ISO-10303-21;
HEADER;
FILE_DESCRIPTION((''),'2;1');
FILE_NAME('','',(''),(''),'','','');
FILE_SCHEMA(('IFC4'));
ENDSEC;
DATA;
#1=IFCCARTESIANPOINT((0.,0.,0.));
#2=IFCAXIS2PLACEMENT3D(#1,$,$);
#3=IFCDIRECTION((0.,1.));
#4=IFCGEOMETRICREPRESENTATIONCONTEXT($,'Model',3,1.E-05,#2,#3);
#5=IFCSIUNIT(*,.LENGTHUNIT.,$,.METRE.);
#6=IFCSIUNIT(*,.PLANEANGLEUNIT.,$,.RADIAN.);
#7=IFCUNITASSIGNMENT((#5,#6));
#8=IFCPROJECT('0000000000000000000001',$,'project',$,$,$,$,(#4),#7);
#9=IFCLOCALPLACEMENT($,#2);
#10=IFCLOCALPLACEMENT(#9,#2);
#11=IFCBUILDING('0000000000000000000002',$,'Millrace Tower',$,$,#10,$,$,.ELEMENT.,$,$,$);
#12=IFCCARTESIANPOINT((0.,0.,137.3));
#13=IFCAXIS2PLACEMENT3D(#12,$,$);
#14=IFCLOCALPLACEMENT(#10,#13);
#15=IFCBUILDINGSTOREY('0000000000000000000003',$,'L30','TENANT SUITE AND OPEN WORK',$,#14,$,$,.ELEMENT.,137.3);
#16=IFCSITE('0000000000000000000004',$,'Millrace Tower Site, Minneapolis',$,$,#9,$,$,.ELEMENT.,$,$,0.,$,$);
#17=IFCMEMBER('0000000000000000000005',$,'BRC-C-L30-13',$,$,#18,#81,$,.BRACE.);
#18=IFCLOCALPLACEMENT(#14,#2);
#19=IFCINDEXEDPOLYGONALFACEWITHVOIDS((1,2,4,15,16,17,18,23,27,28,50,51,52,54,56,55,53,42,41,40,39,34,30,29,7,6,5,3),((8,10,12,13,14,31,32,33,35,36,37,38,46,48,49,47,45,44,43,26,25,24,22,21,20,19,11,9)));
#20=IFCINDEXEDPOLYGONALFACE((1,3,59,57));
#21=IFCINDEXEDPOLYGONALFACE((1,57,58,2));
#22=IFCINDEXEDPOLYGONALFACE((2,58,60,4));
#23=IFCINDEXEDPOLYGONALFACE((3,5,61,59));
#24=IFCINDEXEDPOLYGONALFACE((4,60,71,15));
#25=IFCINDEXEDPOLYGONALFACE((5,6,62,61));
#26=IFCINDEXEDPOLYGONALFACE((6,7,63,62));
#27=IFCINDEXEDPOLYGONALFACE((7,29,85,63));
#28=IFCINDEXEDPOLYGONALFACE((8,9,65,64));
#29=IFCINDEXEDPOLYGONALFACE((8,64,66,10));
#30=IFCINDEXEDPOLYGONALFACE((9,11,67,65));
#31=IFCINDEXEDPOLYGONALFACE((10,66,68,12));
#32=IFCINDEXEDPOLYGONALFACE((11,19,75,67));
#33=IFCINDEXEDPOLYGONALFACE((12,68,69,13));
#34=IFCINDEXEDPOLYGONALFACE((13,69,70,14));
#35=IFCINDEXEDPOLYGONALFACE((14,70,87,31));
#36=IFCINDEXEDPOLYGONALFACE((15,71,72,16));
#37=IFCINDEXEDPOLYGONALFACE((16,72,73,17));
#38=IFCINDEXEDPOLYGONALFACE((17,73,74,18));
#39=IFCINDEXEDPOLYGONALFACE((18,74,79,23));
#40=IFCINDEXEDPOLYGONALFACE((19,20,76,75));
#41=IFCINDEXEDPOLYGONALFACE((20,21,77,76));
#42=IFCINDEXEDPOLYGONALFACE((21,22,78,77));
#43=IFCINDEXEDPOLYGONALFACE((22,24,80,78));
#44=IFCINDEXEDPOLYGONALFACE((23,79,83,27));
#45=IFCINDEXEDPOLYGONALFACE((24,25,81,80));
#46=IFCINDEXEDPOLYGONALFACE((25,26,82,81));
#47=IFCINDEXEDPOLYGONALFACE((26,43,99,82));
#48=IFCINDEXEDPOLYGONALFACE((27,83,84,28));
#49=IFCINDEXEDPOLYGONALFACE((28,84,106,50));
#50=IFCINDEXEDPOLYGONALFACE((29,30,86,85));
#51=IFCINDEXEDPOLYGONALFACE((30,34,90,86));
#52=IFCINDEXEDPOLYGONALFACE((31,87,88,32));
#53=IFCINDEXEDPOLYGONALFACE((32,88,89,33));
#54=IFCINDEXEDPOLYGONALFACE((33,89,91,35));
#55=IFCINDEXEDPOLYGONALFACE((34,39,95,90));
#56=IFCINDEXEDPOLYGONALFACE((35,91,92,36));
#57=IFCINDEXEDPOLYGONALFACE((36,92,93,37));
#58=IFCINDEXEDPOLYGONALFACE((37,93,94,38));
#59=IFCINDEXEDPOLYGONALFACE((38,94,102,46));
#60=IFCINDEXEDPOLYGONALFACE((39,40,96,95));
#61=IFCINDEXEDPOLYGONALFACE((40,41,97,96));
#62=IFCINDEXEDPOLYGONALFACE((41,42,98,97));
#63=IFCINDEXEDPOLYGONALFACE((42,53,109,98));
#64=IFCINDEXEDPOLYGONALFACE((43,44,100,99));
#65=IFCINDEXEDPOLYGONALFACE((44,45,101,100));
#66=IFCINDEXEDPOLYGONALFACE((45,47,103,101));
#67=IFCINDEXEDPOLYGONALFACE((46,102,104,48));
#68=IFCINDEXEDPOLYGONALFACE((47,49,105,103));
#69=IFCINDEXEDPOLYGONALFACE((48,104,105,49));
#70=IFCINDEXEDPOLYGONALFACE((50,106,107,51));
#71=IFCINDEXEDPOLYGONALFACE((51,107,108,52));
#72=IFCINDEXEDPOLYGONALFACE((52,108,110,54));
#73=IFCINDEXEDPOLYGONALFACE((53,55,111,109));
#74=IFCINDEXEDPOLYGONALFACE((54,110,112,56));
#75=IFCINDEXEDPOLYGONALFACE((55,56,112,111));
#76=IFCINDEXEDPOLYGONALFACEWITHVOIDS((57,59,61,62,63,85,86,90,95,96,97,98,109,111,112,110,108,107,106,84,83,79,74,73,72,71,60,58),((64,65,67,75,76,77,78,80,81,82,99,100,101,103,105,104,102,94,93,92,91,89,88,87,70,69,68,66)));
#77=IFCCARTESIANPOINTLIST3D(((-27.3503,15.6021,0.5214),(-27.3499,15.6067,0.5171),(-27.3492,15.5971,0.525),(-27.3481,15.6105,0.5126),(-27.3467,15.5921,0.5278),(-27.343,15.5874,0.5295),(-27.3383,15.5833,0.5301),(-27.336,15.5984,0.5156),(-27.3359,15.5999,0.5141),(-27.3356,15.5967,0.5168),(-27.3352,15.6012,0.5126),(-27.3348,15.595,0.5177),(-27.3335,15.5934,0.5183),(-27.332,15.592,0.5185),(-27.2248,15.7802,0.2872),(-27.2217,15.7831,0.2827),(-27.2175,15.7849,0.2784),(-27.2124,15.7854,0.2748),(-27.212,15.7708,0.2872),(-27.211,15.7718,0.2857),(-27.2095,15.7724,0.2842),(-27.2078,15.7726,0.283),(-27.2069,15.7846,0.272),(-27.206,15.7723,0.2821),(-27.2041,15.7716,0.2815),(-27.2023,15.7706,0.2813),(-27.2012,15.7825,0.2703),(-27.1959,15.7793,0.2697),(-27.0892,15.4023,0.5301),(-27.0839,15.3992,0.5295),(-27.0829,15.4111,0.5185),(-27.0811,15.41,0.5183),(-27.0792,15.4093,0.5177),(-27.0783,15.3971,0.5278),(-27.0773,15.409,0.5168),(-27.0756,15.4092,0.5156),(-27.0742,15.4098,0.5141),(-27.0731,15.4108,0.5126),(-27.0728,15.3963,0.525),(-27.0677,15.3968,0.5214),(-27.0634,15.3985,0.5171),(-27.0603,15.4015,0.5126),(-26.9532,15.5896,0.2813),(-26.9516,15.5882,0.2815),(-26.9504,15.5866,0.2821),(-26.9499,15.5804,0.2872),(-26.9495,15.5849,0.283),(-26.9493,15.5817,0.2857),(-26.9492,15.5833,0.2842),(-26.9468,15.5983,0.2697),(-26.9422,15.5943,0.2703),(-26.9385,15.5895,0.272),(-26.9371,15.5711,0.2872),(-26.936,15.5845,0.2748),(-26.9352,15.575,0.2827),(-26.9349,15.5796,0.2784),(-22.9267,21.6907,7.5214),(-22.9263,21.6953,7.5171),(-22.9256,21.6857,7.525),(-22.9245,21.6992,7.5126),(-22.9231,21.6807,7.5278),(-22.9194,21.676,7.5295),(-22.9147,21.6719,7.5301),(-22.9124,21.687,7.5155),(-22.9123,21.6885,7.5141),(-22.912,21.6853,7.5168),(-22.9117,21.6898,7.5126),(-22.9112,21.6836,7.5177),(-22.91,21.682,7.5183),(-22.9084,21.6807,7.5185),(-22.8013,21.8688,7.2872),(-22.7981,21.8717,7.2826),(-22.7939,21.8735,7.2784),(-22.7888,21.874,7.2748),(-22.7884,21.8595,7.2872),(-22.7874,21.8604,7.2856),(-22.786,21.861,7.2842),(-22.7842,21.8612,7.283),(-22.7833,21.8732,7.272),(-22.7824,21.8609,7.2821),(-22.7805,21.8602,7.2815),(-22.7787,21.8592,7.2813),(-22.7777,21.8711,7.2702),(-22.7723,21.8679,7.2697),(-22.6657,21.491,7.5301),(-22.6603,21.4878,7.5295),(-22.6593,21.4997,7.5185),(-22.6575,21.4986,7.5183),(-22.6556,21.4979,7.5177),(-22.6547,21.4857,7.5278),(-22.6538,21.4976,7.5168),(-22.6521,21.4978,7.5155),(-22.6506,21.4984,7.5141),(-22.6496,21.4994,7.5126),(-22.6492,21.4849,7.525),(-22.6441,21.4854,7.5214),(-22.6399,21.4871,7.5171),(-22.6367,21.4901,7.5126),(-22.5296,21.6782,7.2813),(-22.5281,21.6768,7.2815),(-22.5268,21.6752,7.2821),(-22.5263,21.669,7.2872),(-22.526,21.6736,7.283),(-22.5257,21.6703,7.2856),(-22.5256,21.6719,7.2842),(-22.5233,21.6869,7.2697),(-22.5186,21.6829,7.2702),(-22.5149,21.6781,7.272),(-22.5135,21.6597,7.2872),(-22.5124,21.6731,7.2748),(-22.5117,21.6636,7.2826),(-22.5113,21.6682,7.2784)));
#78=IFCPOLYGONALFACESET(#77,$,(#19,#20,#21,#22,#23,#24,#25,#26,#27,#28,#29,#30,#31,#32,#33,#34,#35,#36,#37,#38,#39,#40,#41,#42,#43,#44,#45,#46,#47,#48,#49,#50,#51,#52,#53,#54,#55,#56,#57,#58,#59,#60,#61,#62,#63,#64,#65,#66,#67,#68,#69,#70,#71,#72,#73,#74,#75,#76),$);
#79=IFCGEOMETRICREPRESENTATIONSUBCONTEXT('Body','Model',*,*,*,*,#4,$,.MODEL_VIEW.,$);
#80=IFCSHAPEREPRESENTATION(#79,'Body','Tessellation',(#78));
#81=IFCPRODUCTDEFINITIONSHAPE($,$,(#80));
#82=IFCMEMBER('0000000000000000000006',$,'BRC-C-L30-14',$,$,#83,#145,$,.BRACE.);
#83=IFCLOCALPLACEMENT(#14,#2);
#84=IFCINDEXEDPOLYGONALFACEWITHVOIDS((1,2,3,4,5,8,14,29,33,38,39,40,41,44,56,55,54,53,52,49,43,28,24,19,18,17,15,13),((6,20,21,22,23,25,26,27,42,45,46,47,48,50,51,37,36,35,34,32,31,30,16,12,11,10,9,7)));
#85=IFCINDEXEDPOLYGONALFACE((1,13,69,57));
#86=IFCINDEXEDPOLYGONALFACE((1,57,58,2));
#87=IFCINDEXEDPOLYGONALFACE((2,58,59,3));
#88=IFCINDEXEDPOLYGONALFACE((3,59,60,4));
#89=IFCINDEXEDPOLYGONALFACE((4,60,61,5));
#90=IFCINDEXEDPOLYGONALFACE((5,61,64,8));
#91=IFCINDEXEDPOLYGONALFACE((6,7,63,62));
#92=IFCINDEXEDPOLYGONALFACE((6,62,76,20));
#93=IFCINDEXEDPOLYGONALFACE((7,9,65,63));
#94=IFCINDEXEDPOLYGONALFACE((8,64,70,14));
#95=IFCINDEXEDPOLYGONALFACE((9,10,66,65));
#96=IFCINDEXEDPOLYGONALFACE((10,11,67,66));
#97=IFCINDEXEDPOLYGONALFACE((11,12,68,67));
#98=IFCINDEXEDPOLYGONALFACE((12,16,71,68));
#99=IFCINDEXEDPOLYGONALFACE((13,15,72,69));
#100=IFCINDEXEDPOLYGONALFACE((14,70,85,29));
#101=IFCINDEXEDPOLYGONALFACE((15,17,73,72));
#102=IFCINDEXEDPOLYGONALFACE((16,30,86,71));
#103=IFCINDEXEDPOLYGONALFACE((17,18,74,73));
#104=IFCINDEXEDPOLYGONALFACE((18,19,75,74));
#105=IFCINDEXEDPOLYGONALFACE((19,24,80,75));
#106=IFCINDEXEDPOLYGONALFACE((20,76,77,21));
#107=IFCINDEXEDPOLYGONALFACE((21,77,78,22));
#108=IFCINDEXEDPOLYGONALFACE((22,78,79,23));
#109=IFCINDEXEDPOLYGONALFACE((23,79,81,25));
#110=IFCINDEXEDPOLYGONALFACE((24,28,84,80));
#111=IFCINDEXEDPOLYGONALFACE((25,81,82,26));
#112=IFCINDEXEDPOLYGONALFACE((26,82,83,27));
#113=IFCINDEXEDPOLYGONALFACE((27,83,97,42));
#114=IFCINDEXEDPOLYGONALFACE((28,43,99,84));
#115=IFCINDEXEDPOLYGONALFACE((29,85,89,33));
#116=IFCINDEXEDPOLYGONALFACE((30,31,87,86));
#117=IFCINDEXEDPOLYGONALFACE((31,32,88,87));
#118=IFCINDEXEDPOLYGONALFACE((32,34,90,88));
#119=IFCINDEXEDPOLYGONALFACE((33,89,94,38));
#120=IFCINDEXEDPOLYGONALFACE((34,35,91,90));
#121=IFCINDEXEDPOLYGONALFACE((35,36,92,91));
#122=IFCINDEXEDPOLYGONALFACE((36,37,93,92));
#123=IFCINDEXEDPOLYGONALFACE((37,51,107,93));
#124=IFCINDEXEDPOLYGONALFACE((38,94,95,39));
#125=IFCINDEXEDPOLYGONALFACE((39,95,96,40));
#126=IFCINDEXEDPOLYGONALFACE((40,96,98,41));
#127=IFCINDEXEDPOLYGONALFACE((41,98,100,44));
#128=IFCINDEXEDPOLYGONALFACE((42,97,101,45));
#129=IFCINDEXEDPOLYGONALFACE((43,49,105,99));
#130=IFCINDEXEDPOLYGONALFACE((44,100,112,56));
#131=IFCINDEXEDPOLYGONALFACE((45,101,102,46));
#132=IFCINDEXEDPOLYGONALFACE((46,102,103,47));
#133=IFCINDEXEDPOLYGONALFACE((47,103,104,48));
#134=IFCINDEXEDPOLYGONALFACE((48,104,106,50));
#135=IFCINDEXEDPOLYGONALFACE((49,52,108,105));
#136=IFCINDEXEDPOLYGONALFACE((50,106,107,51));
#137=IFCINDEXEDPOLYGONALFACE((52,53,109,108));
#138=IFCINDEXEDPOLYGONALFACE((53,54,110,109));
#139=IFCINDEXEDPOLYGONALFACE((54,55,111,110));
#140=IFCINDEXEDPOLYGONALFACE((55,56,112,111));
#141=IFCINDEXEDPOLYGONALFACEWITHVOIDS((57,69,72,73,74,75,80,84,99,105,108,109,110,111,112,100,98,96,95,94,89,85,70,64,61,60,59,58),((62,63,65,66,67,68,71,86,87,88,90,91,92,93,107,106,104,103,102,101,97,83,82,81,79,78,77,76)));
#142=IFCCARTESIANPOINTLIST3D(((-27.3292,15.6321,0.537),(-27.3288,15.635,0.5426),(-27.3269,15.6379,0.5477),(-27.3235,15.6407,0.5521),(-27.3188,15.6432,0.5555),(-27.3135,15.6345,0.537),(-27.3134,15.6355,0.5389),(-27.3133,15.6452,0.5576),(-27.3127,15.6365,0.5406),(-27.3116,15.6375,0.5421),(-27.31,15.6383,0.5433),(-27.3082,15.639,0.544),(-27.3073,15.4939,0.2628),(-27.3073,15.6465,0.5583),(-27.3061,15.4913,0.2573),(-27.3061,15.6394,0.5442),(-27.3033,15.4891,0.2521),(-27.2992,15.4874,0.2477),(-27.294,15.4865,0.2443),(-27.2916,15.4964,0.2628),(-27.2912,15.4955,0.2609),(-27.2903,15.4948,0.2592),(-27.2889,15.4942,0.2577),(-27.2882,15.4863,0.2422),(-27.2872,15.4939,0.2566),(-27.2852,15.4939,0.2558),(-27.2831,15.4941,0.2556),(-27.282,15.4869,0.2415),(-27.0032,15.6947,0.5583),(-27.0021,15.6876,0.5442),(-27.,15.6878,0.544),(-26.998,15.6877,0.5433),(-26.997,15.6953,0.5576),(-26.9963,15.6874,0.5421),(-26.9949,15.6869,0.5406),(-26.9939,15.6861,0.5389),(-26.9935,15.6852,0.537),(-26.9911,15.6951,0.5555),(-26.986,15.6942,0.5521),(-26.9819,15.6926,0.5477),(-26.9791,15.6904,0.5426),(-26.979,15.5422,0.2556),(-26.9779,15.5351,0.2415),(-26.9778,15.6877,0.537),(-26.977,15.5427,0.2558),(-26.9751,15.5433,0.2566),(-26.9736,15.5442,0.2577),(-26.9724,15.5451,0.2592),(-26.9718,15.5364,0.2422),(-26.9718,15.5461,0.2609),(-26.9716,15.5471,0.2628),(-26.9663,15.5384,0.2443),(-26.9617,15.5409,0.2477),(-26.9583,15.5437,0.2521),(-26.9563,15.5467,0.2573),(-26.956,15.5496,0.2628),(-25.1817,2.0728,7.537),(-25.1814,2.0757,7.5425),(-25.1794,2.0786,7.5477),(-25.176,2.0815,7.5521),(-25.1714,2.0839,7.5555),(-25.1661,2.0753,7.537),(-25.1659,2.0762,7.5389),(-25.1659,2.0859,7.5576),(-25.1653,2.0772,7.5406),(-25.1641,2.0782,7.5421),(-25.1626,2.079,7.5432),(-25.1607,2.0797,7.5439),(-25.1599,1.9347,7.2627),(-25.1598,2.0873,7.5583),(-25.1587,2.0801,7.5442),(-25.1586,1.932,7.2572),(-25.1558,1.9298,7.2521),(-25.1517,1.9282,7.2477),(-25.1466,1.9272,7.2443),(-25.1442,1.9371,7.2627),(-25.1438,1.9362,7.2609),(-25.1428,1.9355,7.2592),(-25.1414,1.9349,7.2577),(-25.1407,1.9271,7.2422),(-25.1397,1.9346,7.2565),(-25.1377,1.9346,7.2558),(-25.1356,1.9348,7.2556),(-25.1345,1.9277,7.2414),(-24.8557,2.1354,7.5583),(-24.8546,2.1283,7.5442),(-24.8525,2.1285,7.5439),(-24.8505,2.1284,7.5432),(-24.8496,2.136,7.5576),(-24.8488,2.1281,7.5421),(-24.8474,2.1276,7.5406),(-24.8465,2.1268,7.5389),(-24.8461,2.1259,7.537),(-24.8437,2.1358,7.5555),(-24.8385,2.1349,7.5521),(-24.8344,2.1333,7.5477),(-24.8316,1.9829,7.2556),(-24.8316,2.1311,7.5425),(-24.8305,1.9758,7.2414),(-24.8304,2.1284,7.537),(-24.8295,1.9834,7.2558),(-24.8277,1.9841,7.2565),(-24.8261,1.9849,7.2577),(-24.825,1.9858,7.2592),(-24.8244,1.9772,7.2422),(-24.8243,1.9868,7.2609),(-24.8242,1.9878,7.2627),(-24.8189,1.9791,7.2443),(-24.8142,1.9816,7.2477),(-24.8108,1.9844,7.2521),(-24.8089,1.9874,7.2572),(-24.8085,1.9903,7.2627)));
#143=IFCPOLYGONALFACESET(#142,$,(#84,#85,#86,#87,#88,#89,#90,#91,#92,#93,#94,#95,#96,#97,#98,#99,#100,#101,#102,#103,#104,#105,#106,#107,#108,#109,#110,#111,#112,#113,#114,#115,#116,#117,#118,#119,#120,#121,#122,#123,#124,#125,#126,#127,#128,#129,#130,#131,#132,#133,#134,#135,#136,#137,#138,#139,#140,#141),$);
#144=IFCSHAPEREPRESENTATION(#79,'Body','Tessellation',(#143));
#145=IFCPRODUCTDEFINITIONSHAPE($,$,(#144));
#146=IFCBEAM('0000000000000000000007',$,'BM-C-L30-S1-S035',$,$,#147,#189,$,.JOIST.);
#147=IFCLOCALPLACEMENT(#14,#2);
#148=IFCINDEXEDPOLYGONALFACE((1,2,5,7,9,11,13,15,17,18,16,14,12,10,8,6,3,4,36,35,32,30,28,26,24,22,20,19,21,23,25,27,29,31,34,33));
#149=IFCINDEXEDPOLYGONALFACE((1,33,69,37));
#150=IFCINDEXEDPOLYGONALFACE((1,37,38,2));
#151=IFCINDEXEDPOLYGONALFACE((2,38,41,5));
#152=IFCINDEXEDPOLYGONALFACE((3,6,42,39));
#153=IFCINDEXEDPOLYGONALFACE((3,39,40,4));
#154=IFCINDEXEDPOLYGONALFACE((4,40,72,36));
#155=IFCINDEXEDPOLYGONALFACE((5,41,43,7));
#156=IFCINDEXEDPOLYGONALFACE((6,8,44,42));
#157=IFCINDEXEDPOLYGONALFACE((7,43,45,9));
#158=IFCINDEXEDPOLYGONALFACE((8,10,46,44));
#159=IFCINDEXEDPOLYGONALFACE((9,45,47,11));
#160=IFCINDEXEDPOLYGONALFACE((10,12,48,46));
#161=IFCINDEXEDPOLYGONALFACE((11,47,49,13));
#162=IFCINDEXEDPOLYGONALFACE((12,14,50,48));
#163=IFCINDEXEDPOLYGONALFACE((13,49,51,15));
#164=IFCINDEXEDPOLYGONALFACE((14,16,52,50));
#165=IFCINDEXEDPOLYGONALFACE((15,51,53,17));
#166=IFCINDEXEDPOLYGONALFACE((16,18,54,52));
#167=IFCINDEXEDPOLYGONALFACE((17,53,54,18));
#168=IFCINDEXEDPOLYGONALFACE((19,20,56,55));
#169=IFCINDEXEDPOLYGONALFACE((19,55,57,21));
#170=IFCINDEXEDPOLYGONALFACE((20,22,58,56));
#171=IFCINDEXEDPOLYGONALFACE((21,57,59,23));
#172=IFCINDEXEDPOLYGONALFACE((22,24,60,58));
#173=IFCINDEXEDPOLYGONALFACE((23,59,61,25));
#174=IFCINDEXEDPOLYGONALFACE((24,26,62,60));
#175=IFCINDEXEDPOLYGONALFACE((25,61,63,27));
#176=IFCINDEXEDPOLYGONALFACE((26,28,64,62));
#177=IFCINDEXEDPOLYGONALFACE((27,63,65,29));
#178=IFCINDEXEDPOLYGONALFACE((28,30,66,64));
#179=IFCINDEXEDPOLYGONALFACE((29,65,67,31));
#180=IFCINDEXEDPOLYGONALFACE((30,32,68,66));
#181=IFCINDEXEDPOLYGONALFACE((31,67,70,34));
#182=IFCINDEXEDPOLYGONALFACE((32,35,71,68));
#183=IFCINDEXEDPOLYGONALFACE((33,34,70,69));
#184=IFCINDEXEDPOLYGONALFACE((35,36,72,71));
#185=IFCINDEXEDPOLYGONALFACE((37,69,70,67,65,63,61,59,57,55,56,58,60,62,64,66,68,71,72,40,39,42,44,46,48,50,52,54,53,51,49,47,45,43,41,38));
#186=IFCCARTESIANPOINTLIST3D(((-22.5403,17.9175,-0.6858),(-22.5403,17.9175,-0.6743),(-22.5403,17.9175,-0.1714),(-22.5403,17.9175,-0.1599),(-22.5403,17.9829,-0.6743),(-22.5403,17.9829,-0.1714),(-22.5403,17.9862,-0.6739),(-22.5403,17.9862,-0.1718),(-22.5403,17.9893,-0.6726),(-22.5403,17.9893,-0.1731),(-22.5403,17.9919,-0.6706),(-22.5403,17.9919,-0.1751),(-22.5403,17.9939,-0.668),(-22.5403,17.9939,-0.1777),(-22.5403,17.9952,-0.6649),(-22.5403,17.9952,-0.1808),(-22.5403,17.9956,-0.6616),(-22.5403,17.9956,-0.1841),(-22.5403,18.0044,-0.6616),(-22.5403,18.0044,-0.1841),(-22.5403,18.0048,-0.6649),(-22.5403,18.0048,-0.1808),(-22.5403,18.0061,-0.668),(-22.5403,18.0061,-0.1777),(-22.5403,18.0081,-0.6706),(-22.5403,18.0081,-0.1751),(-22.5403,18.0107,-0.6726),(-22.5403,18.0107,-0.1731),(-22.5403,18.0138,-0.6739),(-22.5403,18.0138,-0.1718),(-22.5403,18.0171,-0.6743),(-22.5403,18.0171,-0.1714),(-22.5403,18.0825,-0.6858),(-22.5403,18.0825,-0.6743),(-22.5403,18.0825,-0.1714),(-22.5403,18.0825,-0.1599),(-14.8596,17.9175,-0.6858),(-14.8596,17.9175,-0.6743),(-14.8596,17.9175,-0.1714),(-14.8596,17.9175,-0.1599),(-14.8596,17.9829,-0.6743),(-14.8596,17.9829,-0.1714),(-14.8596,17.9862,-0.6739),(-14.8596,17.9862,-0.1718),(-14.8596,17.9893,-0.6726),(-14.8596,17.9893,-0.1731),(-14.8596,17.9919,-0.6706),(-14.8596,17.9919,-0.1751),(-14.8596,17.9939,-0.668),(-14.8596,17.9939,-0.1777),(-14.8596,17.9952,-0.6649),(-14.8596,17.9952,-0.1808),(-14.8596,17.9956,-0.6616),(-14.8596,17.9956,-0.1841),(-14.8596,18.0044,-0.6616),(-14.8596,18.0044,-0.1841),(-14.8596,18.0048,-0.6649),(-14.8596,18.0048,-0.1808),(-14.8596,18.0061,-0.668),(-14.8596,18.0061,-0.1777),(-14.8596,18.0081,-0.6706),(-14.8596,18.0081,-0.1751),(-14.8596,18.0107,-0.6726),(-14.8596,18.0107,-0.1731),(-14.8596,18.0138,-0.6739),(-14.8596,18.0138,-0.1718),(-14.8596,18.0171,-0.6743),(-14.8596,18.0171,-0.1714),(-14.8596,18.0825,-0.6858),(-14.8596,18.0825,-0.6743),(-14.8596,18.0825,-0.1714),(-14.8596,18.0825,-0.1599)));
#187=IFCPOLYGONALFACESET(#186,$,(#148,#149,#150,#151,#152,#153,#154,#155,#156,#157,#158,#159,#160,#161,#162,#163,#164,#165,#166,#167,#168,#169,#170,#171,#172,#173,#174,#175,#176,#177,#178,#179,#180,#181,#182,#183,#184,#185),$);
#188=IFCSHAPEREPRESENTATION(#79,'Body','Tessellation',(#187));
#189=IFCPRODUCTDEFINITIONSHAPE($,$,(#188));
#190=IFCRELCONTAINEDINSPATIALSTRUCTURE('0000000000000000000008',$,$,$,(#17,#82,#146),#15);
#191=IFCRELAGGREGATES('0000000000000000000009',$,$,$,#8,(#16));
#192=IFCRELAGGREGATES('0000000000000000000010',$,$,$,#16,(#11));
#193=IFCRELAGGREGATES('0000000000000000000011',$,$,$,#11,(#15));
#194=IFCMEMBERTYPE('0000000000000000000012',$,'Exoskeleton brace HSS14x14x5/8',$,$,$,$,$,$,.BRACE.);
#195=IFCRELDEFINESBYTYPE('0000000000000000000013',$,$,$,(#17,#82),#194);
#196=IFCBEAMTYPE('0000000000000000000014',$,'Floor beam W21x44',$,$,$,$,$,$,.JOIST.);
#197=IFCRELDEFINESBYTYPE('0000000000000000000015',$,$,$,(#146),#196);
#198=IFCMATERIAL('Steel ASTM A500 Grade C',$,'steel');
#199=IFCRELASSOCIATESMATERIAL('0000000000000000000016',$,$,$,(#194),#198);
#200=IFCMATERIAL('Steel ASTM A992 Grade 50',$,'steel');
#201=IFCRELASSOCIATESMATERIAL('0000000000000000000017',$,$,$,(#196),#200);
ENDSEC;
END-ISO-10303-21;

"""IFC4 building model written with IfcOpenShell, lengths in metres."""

from ifc_helpers import new_model, si_unit, direction, frame, origin, origin_2d, place, context, subcontext, project, spatial, hollow_rectangle, i_section, extrude, material, material_profile, profile_set, type_object, element, save


model = new_model("IFC4")

# Units and contexts
model_context = context("Model", 3, precision=1e-05, world=origin(), true_north=direction((0.0, 1.0)))
body_context = subcontext(model_context, "Body", "Model", "MODEL_VIEW")
ifc_project = project(units=[si_unit("LENGTHUNIT", "METRE"), si_unit("PLANEANGLEUNIT", "RADIAN")], contexts=[model_context])

# Site, building, storey
site_placement = place(None, origin())
site = spatial("IfcSite", under=ifc_project, at=site_placement, Name="Millrace Tower Site, Minneapolis", CompositionType="ELEMENT", RefElevation=0.0)
building_placement = place(site_placement, origin())
building = spatial("IfcBuilding", under=site, at=building_placement, Name="Millrace Tower", CompositionType="ELEMENT")
storey_placement = place(building_placement, frame((0.0, 0.0, 137.3)))
storey = spatial("IfcBuildingStorey", under=building, at=storey_placement, Name="L30", Description="TENANT SUITE AND OPEN WORK", CompositionType="ELEMENT", Elevation=137.3)

# Members
ifc_material_1 = material(Name="Steel ASTM A500 Grade C", Category="steel")
ifc_material_profile_1 = material_profile(ifc_material_1, hollow_rectangle(XDim=0.3557, YDim=0.3557, WallThickness=0.0159, InnerFilletRadius=0.0081, OuterFilletRadius=0.0239, at=origin_2d()))
ifc_profile_set_1 = profile_set([ifc_material_profile_1], Name="Steel ASTM A500 Grade C")
member_type_1 = type_object("IfcMemberType", Name="Exoskeleton brace HSS14x14x5/8", PredefinedType="BRACE", material=ifc_profile_set_1)
member_1_placement = place(storey_placement, frame((-27.1426, 15.5908, 0.3999), z_axis=(0.430389, 0.592388, 0.681059), x_axis=(-0.809021, 0.58778, 0.0)))
element("IfcMember", 1, at=member_1_placement, inside=storey, type_object=member_type_1, Name="BRC-C-L30-13", PredefinedType="BRACE", context=body_context, shape_type="SweptSolid", body=[
    extrude(hollow_rectangle(XDim=0.3557, YDim=0.3557, WallThickness=0.0159, InnerFilletRadius=0.0081, OuterFilletRadius=0.0239, at=origin_2d()), origin(), (0.0, 0.0, 1.0), 10.2781),
])
member_2_placement = place(storey_placement, frame((-27.1426, 15.5908, 0.3999), z_axis=(0.139355, -0.879907, 0.454252), x_axis=(0.98769, 0.156426, 0.0)))
element("IfcMember", 2, at=member_2_placement, inside=storey, type_object=member_type_1, Name="BRC-C-L30-14", PredefinedType="BRACE", context=body_context, shape_type="SweptSolid", body=[
    extrude(hollow_rectangle(XDim=0.3557, YDim=0.3557, WallThickness=0.0159, InnerFilletRadius=0.0081, OuterFilletRadius=0.0239, at=origin_2d()), origin(), (0.0, 0.0, 1.0), 15.4099),
])

# Beam
ifc_material_2 = material(Name="Steel ASTM A992 Grade 50", Category="steel")
ifc_material_profile_2 = material_profile(ifc_material_2, i_section(OverallWidth=0.165, OverallDepth=0.5259, WebThickness=0.0088, FlangeThickness=0.0115, FilletRadius=0.0127, at=origin_2d()))
ifc_profile_set_2 = profile_set([ifc_material_profile_2], Name="Steel ASTM A992 Grade 50")
beam_type_1 = type_object("IfcBeamType", Name="Floor beam W21x44", PredefinedType="JOIST", material=ifc_profile_set_2)
beam_1_placement = place(storey_placement, frame((-22.5403, 18.0, -0.4229), z_axis=(1.0, 0.0, 0.0), x_axis=(0.0, 1.0, 0.0)))
element("IfcBeam", 3, at=beam_1_placement, inside=storey, type_object=beam_type_1, Name="BM-C-L30-S1-S035", PredefinedType="JOIST", context=body_context, shape_type="SweptSolid", body=[
    extrude(i_section(OverallWidth=0.165, OverallDepth=0.5259, WebThickness=0.0088, FlangeThickness=0.0115, FilletRadius=0.0127, at=origin_2d()), origin(), (0.0, 0.0, 1.0), 7.6807),
])

save(model, "model.ifc")
